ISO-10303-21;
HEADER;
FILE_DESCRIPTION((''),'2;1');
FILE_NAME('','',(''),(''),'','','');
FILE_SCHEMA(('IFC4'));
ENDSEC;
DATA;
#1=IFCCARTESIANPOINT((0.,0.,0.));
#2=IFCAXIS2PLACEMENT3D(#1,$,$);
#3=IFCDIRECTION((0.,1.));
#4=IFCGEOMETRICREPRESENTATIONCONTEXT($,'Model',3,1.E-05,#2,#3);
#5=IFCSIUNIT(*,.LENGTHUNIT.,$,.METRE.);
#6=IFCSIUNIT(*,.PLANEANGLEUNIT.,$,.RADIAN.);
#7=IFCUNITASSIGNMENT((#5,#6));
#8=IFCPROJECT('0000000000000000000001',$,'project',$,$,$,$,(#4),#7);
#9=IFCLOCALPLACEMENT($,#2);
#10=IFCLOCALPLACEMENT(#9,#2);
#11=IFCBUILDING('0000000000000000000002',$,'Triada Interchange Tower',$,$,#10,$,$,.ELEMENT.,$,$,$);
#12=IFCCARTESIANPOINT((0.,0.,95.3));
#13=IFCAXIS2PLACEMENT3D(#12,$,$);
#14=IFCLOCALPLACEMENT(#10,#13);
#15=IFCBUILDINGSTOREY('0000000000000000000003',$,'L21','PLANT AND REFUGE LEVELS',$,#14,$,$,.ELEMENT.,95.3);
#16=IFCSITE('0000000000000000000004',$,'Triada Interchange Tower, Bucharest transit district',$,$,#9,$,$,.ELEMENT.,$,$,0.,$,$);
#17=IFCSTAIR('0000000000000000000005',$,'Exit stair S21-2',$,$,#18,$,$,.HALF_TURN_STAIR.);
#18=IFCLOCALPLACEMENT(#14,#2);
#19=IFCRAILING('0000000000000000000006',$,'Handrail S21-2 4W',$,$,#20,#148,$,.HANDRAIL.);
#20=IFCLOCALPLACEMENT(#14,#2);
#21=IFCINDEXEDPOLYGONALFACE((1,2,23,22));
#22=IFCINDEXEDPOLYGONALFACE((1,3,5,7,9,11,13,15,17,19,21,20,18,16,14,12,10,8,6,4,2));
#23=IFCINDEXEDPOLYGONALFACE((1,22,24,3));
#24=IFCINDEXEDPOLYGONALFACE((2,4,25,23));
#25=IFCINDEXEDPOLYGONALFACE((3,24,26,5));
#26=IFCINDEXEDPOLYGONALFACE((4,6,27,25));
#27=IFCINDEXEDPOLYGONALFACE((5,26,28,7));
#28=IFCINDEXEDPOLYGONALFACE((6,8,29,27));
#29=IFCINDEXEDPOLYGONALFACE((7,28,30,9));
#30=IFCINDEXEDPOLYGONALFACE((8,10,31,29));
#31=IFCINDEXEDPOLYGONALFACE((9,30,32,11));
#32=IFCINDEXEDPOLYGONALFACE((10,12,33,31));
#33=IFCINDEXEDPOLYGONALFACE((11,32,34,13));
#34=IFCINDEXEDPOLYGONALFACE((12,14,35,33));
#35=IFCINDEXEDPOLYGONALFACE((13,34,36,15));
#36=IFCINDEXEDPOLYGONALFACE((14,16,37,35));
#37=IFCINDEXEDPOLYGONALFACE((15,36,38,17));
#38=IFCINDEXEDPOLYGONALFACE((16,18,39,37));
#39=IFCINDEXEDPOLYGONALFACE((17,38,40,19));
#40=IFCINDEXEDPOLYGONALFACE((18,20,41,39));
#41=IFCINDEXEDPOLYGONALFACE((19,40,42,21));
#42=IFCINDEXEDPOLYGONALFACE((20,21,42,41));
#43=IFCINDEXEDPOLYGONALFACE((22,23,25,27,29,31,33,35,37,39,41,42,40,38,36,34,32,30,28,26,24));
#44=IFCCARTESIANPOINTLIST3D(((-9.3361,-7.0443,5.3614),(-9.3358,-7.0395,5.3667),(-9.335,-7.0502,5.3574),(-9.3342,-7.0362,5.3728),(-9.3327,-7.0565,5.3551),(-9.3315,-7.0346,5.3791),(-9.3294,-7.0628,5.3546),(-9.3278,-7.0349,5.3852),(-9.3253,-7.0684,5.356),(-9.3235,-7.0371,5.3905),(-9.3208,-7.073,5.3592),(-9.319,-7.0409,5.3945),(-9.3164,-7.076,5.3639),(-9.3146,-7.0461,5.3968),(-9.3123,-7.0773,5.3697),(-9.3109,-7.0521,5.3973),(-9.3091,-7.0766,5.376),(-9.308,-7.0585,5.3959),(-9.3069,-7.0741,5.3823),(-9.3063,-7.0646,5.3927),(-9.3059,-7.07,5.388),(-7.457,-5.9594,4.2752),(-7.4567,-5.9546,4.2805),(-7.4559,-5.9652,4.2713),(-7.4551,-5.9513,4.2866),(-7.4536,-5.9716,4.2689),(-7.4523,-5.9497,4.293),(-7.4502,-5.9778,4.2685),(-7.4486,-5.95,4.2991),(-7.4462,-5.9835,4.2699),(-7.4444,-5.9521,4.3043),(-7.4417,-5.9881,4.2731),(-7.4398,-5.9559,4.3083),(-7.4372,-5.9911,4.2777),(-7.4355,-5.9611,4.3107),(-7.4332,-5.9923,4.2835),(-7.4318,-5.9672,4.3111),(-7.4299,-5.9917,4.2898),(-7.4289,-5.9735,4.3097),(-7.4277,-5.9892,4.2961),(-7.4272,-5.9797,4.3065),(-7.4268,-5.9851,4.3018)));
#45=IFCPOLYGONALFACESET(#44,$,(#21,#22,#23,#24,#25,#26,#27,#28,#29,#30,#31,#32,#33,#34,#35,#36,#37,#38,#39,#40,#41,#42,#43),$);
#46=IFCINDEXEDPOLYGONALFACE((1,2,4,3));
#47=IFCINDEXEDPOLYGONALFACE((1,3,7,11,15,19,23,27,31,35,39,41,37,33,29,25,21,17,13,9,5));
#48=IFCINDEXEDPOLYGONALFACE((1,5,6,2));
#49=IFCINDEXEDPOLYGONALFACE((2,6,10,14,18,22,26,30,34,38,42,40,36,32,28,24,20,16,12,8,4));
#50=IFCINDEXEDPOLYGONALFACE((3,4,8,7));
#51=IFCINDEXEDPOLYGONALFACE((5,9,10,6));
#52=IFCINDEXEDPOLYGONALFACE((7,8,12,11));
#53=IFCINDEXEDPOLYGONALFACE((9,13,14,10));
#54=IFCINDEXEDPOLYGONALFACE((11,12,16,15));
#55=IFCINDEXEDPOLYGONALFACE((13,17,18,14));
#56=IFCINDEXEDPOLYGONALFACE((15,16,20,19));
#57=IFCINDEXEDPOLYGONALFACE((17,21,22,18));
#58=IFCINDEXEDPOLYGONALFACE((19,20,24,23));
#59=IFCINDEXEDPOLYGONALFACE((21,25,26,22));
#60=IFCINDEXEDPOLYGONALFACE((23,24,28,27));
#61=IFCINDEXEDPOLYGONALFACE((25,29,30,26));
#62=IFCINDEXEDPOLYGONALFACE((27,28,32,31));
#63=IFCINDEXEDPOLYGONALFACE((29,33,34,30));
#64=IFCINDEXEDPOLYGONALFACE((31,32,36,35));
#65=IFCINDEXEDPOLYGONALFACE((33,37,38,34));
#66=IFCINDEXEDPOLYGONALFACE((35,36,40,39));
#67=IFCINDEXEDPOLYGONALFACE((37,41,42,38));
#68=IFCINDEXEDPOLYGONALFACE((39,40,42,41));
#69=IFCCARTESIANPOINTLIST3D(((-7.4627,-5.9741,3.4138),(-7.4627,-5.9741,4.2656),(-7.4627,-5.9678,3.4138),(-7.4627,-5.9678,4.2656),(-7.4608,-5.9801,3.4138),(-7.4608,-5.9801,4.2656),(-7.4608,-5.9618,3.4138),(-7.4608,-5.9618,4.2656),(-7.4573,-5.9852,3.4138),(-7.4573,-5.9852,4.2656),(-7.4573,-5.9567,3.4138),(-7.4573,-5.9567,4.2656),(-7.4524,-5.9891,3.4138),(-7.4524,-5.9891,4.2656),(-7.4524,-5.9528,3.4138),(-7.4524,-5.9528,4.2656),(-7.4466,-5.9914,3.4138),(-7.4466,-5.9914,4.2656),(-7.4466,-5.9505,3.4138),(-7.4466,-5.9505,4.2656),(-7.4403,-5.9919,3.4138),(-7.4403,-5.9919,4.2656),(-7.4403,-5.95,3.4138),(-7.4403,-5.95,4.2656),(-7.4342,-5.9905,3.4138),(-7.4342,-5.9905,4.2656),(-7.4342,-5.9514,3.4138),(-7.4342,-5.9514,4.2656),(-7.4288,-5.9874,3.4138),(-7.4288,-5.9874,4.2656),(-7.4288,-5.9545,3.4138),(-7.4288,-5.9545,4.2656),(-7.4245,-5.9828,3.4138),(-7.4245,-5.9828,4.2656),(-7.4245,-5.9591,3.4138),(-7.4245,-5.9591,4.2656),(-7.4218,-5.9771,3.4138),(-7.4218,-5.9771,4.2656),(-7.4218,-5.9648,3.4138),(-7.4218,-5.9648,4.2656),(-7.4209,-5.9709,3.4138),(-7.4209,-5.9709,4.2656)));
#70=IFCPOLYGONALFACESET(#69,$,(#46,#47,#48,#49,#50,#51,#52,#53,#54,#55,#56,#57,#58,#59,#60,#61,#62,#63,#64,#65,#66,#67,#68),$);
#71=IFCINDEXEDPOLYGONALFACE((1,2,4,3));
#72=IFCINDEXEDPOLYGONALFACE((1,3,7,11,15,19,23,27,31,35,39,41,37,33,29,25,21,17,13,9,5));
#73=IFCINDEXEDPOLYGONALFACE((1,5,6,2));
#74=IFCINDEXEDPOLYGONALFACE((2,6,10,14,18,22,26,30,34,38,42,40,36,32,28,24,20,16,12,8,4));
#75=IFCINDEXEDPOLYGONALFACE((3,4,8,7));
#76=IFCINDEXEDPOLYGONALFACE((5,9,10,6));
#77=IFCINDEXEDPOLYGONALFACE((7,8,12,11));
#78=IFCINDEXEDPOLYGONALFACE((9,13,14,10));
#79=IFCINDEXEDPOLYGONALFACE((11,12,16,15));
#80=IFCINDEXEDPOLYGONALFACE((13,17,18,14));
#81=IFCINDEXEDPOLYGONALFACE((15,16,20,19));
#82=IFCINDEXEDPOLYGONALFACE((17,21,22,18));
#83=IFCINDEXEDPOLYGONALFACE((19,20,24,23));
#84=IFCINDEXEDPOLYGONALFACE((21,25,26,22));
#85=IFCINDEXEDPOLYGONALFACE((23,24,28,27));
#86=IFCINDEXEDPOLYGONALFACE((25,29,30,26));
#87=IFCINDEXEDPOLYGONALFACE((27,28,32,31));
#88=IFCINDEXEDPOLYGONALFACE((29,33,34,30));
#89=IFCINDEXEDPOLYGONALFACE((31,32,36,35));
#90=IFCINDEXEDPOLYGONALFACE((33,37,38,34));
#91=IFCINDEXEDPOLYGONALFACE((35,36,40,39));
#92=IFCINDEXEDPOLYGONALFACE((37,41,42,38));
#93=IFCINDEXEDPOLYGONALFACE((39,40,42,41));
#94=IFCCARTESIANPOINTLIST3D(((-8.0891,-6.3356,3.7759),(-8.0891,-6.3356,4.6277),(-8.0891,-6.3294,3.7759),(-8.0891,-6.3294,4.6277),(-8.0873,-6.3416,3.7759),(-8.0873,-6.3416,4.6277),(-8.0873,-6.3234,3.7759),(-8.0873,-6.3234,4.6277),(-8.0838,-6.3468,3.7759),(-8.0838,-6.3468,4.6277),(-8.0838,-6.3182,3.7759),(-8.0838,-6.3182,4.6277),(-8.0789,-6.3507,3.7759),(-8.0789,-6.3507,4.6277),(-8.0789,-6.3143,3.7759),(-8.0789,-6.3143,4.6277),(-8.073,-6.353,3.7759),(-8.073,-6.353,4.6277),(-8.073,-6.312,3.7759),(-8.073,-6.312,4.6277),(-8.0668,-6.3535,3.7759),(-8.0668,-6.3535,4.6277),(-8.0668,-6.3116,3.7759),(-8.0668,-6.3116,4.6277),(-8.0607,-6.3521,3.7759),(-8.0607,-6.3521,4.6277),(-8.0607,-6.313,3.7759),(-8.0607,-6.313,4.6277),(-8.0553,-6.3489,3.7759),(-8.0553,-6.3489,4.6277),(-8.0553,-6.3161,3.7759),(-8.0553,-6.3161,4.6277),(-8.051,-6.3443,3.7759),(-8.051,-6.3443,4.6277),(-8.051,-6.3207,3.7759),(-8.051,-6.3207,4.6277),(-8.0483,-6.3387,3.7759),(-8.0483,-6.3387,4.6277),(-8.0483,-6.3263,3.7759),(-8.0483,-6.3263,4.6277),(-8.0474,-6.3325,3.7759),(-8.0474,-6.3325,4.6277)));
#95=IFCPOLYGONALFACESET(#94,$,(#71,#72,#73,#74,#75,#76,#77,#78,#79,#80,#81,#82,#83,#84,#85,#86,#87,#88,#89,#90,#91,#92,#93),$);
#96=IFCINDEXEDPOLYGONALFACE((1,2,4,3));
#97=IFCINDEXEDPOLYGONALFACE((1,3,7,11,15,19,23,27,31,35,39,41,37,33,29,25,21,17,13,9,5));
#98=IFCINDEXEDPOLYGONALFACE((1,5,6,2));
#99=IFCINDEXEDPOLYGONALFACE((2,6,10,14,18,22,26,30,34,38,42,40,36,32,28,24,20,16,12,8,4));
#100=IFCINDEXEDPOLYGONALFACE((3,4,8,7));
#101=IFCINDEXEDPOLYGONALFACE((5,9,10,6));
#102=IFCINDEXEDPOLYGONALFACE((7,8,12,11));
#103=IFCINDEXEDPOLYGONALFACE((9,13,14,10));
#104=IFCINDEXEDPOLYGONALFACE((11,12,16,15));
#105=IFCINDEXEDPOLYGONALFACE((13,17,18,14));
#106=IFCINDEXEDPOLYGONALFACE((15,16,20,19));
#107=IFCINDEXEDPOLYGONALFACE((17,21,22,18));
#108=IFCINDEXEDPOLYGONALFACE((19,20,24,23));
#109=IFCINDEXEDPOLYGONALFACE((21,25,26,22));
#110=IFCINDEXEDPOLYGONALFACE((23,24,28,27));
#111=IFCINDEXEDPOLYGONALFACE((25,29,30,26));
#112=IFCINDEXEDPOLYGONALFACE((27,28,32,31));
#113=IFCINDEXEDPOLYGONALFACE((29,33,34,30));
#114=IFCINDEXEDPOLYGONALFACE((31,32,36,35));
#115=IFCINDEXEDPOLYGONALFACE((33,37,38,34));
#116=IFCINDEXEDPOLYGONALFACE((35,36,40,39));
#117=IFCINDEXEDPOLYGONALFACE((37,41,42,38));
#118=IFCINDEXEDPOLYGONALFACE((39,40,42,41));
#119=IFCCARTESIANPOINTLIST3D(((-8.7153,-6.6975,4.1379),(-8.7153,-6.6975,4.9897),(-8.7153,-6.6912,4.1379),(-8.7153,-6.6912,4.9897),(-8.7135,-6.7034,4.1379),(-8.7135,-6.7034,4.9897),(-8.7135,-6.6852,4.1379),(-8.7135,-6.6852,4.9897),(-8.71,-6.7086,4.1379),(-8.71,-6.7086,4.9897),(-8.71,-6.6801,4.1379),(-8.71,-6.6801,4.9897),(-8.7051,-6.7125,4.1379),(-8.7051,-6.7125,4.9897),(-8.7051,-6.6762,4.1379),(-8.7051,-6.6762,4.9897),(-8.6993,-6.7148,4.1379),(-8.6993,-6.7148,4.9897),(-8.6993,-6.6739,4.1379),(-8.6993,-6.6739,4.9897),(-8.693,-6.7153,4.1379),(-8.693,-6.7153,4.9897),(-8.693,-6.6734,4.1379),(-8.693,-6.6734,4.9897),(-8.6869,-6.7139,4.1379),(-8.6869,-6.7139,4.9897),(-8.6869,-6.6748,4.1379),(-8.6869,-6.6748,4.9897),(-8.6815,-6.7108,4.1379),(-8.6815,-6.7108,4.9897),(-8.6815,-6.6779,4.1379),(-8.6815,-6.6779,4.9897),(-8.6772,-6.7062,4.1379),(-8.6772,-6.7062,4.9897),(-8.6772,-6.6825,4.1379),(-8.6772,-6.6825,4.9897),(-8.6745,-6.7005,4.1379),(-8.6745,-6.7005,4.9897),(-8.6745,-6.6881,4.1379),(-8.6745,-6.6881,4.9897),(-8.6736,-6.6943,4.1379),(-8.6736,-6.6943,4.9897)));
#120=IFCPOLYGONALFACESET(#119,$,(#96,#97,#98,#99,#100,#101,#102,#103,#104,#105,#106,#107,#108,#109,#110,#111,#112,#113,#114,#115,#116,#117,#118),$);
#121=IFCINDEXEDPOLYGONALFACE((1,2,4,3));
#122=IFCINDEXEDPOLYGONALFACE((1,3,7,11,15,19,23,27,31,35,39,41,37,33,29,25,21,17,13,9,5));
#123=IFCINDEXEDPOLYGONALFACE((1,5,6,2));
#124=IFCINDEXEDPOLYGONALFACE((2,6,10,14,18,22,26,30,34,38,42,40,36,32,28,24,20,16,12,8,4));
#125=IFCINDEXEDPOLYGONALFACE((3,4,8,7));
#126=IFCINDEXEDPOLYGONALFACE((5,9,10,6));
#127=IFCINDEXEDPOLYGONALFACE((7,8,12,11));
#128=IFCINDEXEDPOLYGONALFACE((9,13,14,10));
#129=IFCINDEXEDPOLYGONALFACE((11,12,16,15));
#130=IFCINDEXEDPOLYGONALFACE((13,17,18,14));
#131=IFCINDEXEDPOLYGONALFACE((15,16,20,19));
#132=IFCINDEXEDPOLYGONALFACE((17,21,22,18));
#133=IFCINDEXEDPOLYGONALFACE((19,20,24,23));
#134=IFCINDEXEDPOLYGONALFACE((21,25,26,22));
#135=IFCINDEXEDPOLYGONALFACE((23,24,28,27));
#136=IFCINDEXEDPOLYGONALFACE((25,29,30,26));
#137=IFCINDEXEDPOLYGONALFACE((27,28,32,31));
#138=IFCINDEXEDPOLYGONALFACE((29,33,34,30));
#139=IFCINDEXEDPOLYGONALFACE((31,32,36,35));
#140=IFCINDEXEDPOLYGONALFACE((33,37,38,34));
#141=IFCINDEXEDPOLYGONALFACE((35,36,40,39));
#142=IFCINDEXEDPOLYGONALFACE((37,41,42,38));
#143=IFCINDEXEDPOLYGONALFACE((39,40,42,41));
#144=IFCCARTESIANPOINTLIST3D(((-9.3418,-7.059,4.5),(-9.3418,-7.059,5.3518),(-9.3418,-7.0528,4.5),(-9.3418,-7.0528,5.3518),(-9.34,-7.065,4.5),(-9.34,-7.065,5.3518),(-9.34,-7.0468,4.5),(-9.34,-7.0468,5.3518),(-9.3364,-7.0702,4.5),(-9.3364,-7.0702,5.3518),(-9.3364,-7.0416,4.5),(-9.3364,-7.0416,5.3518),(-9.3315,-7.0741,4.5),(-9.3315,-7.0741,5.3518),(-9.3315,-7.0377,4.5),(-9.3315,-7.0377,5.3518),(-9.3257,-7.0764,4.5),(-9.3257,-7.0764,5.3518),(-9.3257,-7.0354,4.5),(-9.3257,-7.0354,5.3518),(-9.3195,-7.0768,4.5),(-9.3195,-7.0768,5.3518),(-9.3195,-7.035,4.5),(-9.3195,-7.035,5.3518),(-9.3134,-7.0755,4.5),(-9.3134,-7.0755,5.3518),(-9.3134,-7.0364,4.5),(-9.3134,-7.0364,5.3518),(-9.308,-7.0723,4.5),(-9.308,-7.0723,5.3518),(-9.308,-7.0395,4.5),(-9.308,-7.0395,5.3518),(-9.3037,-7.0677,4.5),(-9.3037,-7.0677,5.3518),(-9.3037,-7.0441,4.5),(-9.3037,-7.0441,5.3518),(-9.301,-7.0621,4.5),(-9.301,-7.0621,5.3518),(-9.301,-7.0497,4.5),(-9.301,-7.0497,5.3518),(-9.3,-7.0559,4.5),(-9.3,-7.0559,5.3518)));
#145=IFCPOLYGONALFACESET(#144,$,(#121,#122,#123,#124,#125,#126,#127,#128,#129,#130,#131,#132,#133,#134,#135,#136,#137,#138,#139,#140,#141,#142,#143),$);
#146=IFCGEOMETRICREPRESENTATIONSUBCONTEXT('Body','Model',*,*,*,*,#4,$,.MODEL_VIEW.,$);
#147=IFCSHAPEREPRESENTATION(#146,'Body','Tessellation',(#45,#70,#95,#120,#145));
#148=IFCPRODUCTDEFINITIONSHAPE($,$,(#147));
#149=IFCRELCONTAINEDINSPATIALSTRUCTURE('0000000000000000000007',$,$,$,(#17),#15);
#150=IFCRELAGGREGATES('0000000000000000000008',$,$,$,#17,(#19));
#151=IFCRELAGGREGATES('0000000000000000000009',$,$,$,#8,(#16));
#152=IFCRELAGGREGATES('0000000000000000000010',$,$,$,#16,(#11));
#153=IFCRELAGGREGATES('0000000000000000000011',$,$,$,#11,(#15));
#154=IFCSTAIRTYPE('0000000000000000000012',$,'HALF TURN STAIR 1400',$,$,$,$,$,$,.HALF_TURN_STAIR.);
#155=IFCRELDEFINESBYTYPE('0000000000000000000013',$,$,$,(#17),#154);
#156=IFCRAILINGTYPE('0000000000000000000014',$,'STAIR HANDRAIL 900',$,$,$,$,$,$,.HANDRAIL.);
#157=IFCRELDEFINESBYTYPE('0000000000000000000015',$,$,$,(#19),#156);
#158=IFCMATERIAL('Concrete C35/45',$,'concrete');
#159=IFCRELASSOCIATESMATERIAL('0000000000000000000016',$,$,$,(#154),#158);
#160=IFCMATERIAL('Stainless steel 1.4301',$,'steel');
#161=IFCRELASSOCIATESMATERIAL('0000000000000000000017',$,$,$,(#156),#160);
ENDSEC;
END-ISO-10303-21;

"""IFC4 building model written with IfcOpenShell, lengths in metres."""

from ifc_helpers import new_model, si_unit, direction, frame, origin, origin_2d, place, context, subcontext, project, spatial, circle, extrude, material, type_object, element, aggregate, save


model = new_model("IFC4")

# Units and contexts
model_context = context("Model", 3, precision=1e-05, world=origin(), true_north=direction((0.0, 1.0)))
body_context = subcontext(model_context, "Body", "Model", "MODEL_VIEW")
ifc_project = project(units=[si_unit("LENGTHUNIT", "METRE"), si_unit("PLANEANGLEUNIT", "RADIAN")], contexts=[model_context])

# Site, building, storey
site_placement = place(None, origin())
site = spatial("IfcSite", under=ifc_project, at=site_placement, Name="Triada Interchange Tower, Bucharest transit district", CompositionType="ELEMENT", RefElevation=0.0)
building_placement = place(site_placement, origin())
building = spatial("IfcBuilding", under=site, at=building_placement, Name="Triada Interchange Tower", CompositionType="ELEMENT")
storey_placement = place(building_placement, frame((0.0, 0.0, 95.3)))
storey = spatial("IfcBuildingStorey", under=building, at=storey_placement, Name="L21", Description="PLANT AND REFUGE LEVELS", CompositionType="ELEMENT", Elevation=95.3)

# Shared definitions
ifc_material_1 = material(Name="Concrete C35/45", Category="concrete")

# Stair, railing
stair_type = type_object("IfcStairType", Name="HALF TURN STAIR 1400", PredefinedType="HALF_TURN_STAIR", material=ifc_material_1)
stair_placement = place(storey_placement, origin())
stair = element("IfcStair", 1, at=stair_placement, inside=storey, type_object=stair_type, Name="Exit stair S21-2", PredefinedType="HALF_TURN_STAIR")
ifc_material_2 = material(Name="Stainless steel 1.4301", Category="steel")
railing_type_1 = type_object("IfcRailingType", Name="STAIR HANDRAIL 900", PredefinedType="HANDRAIL", material=ifc_material_2)
railing_1_placement = place(storey_placement, frame((-7.4419, -5.9709, 3.4138)))
railing_1 = element("IfcRailing", 2, at=railing_1_placement, type_object=railing_type_1, Name="Handrail S21-2 4W", PredefinedType="HANDRAIL", context=body_context, shape_type="SweptSolid", body=[
    extrude(circle(Radius=0.0239, at=origin_2d()), frame((0.0, 0.0, 0.876), z_axis=(-0.774413, -0.447121, 0.447624), x_axis=(0.500011, -0.866019, 0.0)), (0.0, 0.0, 1.0), 2.4265),
    extrude(circle(Radius=0.021, at=origin_2d()), origin(), (0.0, 0.0, 1.0), 0.8518),
    extrude(circle(Radius=0.021, at=origin_2d()), frame((-0.6265, -0.3616, 0.3621)), (0.0, 0.0, 1.0), 0.8518),
    extrude(circle(Radius=0.021, at=origin_2d()), frame((-1.2527, -0.7234, 0.7241)), (0.0, 0.0, 1.0), 0.8518),
    extrude(circle(Radius=0.021, at=origin_2d()), frame((-1.8792, -1.085, 1.0862)), (0.0, 0.0, 1.0), 0.8518),
])
aggregate(stair, [railing_1])

save(model, "model.ifc")
